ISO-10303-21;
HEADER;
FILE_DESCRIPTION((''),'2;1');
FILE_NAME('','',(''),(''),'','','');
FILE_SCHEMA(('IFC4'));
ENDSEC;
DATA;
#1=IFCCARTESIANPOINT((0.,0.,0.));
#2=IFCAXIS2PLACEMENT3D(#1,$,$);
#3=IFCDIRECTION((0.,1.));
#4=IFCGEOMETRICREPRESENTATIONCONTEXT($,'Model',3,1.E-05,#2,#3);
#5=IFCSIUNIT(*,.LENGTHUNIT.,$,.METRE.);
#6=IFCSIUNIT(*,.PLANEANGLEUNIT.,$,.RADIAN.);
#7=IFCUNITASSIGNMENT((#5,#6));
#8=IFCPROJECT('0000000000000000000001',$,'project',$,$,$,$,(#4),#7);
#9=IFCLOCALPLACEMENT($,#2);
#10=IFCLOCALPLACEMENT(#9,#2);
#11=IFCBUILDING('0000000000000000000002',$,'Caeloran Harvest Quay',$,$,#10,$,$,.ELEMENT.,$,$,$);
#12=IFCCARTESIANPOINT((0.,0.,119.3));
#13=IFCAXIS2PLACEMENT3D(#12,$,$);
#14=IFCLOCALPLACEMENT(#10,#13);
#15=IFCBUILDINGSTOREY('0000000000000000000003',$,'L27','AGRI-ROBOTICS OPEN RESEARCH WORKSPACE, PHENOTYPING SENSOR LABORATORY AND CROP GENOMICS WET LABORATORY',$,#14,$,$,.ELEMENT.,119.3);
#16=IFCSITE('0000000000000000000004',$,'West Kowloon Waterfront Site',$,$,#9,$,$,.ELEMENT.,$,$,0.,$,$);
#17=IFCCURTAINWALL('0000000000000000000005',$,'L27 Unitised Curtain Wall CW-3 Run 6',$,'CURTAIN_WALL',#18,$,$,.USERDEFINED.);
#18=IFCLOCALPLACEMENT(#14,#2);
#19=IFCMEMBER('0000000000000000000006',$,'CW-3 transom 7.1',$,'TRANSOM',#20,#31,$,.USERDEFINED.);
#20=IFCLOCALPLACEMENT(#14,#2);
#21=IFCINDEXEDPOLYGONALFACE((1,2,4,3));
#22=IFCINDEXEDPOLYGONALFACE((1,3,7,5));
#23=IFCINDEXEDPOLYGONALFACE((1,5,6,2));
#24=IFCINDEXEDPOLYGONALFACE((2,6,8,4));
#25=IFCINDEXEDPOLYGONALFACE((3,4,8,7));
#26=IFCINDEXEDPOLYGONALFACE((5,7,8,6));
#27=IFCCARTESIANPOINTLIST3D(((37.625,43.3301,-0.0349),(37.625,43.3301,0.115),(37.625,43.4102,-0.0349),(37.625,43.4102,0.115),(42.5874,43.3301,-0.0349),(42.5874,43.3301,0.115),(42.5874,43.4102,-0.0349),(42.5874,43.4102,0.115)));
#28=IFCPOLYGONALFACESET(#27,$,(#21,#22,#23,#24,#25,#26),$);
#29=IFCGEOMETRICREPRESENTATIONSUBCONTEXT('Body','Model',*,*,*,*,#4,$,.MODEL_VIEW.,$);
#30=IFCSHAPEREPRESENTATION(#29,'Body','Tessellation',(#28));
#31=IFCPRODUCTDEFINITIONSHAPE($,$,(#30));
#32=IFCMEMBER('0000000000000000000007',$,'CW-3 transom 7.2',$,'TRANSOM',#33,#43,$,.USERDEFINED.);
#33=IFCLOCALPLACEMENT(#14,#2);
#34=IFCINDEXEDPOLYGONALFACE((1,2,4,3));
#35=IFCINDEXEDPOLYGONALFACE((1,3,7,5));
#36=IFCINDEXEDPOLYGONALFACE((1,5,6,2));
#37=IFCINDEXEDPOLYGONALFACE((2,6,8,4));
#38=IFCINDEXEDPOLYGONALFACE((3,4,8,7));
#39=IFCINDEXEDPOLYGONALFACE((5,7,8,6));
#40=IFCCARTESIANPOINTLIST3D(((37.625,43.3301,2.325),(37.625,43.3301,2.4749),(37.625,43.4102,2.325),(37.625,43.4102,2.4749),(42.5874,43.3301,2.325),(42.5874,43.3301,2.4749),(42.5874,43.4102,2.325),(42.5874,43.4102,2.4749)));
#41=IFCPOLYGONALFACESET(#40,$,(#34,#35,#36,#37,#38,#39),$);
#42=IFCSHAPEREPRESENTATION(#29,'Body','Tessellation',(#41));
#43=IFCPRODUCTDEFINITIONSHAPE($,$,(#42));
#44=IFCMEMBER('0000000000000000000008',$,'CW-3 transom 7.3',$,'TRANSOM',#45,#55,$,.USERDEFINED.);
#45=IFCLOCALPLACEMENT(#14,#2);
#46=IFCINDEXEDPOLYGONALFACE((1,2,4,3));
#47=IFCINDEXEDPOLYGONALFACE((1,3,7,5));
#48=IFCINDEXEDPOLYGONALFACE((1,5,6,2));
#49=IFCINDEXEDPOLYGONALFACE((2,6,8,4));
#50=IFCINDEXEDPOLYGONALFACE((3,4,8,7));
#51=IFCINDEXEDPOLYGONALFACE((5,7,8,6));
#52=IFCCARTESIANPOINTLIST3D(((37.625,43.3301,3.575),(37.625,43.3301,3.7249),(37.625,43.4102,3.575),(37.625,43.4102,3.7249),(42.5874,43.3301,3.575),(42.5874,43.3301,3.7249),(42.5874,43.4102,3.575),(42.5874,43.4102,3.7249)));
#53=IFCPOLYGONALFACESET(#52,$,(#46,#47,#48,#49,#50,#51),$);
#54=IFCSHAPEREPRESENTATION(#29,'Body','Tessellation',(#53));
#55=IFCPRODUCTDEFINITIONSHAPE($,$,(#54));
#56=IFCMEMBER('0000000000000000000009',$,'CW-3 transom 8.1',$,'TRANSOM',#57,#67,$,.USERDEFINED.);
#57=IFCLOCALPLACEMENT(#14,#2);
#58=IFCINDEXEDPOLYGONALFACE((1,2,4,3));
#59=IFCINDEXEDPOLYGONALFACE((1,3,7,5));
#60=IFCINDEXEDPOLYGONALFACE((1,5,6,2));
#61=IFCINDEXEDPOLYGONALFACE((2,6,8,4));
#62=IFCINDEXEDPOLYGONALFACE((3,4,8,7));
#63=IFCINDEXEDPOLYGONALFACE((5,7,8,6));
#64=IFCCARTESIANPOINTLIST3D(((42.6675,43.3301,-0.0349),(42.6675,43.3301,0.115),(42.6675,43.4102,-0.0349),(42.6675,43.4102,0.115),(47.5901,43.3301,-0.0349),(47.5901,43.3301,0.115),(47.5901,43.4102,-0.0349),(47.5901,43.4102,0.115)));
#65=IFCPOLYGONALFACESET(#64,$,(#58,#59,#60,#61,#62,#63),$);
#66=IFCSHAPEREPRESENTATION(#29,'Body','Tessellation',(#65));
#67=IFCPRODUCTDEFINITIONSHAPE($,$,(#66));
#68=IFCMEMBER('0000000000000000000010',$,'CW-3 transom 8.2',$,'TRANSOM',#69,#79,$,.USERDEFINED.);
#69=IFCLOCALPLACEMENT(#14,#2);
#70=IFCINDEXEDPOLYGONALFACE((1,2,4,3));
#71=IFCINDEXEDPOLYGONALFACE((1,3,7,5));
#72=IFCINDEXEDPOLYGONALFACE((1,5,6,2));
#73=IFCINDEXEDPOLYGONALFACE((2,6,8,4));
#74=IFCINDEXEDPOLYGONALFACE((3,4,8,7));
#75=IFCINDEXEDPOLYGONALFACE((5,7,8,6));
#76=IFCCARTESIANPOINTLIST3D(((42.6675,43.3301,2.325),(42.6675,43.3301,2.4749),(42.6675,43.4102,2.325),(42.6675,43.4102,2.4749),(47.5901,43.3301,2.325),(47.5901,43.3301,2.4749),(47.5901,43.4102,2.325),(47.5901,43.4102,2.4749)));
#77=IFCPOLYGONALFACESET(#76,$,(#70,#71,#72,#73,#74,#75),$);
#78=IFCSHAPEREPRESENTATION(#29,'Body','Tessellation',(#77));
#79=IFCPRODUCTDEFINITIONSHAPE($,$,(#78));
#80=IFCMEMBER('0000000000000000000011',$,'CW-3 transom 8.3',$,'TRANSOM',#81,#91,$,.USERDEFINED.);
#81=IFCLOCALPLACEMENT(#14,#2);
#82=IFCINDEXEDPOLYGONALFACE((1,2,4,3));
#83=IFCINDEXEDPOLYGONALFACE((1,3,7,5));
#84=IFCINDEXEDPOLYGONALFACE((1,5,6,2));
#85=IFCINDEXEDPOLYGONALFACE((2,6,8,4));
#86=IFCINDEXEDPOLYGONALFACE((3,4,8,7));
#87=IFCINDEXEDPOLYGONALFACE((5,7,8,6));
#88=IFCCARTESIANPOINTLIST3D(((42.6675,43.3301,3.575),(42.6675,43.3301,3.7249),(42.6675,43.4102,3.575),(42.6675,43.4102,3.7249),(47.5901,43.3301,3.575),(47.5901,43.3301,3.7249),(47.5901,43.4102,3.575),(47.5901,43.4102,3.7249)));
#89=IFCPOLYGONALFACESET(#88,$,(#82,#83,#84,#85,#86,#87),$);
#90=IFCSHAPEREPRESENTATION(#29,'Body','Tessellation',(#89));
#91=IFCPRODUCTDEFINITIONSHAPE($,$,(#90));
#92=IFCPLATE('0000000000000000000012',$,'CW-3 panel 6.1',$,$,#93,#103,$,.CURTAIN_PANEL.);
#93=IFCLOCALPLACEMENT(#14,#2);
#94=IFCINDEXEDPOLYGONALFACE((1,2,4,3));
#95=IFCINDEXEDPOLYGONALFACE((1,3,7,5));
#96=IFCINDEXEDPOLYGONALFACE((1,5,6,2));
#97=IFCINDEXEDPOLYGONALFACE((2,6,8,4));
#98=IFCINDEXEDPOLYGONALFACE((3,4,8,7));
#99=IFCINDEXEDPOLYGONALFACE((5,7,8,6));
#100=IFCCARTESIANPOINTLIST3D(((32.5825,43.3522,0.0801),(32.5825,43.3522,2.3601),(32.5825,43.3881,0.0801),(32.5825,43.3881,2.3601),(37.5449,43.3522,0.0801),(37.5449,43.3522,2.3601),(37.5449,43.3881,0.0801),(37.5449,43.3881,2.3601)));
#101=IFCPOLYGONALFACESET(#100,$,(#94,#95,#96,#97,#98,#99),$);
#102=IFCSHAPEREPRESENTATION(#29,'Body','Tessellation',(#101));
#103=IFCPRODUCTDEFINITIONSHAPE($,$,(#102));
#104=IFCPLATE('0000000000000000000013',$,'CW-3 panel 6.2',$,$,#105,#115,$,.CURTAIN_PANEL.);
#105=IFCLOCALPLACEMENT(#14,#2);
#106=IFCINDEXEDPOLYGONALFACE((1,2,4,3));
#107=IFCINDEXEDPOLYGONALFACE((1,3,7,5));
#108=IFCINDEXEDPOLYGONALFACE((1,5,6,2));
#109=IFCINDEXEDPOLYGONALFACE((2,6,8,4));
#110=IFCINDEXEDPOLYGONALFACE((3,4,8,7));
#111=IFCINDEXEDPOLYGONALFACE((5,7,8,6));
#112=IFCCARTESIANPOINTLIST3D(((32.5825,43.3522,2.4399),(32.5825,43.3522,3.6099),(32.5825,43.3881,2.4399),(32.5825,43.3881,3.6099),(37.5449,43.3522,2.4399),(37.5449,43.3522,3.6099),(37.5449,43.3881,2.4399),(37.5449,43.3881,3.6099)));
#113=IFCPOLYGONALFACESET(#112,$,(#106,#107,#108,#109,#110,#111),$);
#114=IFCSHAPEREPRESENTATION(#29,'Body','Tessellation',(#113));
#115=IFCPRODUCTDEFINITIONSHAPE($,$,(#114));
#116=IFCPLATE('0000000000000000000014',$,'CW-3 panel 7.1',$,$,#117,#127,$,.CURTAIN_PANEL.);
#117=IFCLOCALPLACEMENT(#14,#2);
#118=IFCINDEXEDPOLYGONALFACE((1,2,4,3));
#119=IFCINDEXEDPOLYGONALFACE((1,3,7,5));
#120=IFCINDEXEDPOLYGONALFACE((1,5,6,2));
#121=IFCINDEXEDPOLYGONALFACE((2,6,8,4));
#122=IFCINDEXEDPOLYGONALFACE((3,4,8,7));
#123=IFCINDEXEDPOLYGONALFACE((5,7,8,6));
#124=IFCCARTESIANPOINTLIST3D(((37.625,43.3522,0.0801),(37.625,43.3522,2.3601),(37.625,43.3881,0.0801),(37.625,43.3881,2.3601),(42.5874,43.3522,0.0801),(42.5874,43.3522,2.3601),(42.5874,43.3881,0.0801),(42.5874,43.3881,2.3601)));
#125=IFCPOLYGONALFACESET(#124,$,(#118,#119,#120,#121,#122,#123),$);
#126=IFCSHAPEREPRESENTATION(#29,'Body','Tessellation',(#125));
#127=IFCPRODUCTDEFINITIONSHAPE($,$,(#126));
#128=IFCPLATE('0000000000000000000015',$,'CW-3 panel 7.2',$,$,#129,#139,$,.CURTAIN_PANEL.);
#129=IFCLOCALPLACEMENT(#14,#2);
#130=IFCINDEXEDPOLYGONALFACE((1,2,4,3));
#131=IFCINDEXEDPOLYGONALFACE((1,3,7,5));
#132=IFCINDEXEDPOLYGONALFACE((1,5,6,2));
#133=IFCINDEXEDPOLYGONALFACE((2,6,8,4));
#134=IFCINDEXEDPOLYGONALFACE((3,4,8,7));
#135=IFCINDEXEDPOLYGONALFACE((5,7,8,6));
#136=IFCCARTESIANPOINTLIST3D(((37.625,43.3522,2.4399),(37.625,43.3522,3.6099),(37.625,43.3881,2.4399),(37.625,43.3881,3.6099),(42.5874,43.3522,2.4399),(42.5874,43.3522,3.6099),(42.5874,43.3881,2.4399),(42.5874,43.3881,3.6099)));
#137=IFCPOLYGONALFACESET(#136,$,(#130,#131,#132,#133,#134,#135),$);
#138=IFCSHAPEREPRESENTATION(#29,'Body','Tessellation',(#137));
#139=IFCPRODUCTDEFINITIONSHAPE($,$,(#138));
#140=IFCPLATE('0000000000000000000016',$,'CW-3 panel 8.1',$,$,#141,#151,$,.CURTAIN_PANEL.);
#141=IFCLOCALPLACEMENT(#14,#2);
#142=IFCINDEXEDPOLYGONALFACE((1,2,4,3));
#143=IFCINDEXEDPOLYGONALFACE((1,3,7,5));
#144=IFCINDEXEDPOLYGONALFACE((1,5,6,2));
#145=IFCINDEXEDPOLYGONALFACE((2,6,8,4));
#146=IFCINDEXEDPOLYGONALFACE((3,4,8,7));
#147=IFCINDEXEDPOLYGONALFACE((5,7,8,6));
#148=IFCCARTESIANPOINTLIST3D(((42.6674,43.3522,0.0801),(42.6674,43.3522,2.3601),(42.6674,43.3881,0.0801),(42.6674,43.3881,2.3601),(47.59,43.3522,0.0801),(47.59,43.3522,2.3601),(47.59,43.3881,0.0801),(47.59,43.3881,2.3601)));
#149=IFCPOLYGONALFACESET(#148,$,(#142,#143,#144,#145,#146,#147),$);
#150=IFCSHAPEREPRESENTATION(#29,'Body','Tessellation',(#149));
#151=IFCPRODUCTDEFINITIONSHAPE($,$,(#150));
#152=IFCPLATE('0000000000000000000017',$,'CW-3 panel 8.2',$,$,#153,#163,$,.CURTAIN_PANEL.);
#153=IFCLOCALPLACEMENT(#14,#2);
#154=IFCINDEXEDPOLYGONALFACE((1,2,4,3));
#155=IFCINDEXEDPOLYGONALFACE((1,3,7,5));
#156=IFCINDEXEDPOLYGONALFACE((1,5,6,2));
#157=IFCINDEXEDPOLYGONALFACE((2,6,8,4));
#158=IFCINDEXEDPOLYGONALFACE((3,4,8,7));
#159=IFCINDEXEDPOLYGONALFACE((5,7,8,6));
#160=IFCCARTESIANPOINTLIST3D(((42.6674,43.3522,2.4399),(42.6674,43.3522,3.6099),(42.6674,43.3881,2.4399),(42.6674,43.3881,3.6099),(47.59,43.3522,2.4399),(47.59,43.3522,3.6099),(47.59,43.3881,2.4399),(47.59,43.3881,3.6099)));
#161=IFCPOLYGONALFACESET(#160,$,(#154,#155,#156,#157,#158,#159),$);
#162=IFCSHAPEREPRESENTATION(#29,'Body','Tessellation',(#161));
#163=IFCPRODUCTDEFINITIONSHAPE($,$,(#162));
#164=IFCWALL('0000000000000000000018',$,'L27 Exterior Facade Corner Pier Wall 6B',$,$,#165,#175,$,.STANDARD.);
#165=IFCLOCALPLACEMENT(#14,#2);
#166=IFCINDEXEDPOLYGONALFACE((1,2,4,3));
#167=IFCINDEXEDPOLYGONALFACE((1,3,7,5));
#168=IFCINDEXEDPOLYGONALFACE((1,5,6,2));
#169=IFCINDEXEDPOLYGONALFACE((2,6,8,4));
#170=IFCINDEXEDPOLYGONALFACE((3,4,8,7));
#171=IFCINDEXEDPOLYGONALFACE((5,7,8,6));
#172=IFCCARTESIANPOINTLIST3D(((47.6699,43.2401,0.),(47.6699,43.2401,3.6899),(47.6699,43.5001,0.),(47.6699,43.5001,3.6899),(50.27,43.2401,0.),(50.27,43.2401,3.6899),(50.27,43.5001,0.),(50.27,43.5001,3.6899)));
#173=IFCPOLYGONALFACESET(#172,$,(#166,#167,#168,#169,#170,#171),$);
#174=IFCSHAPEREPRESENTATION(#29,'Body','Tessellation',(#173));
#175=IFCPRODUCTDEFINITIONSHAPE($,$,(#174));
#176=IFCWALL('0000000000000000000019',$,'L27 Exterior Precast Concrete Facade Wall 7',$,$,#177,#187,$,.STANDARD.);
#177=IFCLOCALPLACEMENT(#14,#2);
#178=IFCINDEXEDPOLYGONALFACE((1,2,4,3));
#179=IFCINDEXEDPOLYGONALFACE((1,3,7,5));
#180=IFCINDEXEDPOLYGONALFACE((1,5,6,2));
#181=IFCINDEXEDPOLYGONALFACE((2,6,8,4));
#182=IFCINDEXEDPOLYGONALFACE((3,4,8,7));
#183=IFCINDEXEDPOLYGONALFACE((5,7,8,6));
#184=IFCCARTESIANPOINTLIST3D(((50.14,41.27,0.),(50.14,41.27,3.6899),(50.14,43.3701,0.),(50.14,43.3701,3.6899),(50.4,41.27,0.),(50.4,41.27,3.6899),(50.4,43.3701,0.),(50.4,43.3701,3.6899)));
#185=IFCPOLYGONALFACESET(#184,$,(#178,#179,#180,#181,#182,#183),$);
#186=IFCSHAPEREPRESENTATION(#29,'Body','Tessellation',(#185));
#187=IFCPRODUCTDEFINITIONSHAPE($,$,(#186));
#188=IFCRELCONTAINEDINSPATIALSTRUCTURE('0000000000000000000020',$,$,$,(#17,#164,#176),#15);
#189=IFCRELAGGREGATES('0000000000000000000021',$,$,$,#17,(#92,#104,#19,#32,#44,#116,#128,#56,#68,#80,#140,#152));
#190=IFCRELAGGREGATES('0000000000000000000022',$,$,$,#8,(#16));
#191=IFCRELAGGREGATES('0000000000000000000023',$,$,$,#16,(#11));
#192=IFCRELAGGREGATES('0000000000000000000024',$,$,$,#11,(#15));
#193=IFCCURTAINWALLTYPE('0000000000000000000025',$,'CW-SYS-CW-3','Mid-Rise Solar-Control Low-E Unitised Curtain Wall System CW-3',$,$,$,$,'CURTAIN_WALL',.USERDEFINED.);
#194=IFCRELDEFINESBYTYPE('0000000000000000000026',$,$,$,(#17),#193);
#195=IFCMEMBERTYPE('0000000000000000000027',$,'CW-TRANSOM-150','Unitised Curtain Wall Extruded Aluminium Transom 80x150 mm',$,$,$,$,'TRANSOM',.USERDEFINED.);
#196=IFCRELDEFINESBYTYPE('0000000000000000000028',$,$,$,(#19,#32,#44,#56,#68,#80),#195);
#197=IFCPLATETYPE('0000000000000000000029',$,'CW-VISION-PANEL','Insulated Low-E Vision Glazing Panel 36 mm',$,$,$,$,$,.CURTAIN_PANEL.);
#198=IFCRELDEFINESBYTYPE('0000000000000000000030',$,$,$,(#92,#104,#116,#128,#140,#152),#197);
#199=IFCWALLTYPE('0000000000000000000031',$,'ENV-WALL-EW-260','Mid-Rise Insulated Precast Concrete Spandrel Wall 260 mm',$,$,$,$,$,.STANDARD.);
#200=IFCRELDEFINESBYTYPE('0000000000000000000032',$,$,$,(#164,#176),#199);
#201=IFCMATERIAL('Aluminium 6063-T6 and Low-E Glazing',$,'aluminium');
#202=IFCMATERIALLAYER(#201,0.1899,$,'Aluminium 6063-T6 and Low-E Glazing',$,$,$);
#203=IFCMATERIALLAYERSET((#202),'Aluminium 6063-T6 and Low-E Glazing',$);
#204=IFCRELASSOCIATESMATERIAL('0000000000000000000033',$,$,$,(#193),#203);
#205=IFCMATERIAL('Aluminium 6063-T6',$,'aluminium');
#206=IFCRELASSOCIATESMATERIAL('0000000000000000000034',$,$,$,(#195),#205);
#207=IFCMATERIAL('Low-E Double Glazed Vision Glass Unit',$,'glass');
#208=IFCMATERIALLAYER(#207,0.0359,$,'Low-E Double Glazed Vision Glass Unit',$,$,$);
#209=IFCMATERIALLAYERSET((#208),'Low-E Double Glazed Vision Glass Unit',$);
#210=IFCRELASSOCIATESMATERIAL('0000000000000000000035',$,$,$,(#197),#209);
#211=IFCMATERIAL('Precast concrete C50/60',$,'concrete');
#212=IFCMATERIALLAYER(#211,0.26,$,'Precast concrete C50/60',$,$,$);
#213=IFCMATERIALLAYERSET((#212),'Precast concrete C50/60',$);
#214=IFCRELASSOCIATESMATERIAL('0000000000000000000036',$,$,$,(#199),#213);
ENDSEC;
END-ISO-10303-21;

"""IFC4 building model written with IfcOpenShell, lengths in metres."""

from ifc_helpers import new_model, si_unit, direction, frame, frame_2d, origin, origin_2d, place, context, subcontext, project, spatial, rectangle, extrude, material, layer, layer_set, material_profile, profile_set, type_object, element, aggregate, save


model = new_model("IFC4")

# Units and contexts
model_context = context("Model", 3, precision=1e-05, world=origin(), true_north=direction((0.0, 1.0)))
body_context = subcontext(model_context, "Body", "Model", "MODEL_VIEW")
ifc_project = project(units=[si_unit("LENGTHUNIT", "METRE"), si_unit("PLANEANGLEUNIT", "RADIAN")], contexts=[model_context])

# Site, building, storey
site_placement = place(None, origin())
site = spatial("IfcSite", under=ifc_project, at=site_placement, Name="West Kowloon Waterfront Site", CompositionType="ELEMENT", RefElevation=0.0)
building_placement = place(site_placement, origin())
building = spatial("IfcBuilding", under=site, at=building_placement, Name="Caeloran Harvest Quay", CompositionType="ELEMENT")
storey_placement = place(building_placement, frame((0.0, 0.0, 119.3)))
storey = spatial("IfcBuildingStorey", under=building, at=storey_placement, Name="L27", Description="AGRI-ROBOTICS OPEN RESEARCH WORKSPACE, PHENOTYPING SENSOR LABORATORY AND CROP GENOMICS WET LABORATORY", CompositionType="ELEMENT", Elevation=119.3)

# Curtain wall, members, plates
ifc_material_1 = material(Name="Aluminium 6063-T6 and Low-E Glazing", Category="aluminium")
ifc_layer_1 = layer(ifc_material_1, 0.1899, Name="Aluminium 6063-T6 and Low-E Glazing")
ifc_layer_set_1 = layer_set([ifc_layer_1], Name="Aluminium 6063-T6 and Low-E Glazing")
curtain_wall_type = type_object("IfcCurtainWallType", Name="CW-SYS-CW-3", Description="Mid-Rise Solar-Control Low-E Unitised Curtain Wall System CW-3", ElementType="CURTAIN_WALL", PredefinedType="USERDEFINED", material=ifc_layer_set_1)
curtain_wall_placement = place(storey_placement, origin())
curtain_wall = element("IfcCurtainWall", 1, at=curtain_wall_placement, inside=storey, type_object=curtain_wall_type, Name="L27 Unitised Curtain Wall CW-3 Run 6", ObjectType="CURTAIN_WALL", PredefinedType="USERDEFINED")
ifc_material_2 = material(Name="Aluminium 6063-T6", Category="aluminium")
ifc_material_profile_1 = material_profile(ifc_material_2, rectangle(XDim=0.0801, YDim=0.1499, at=origin_2d()), Name="CW-TRANSOM-150")
ifc_profile_set_1 = profile_set([ifc_material_profile_1], Name="Aluminium 6063-T6")
member_type_1 = type_object("IfcMemberType", Name="CW-TRANSOM-150", Description="Unitised Curtain Wall Extruded Aluminium Transom 80x150 mm", ElementType="TRANSOM", PredefinedType="USERDEFINED", material=ifc_profile_set_1)
member_1_placement = place(storey_placement, frame((37.625, 43.3701, 0.04), z_axis=(1.0, 0.0, 0.0), x_axis=(0.0, 1.0, 0.0)))
member_1 = element("IfcMember", 2, at=member_1_placement, type_object=member_type_1, Name="CW-3 transom 7.1", ObjectType="TRANSOM", PredefinedType="USERDEFINED", context=body_context, shape_type="SweptSolid", body=[
    extrude(rectangle(XDim=0.0801, YDim=0.1499, at=origin_2d()), origin(), (0.0, 0.0, 1.0), 4.9624),
])
member_2_placement = place(storey_placement, frame((37.625, 43.3701, 2.3999), z_axis=(1.0, 0.0, 0.0), x_axis=(0.0, 1.0, 0.0)))
member_2 = element("IfcMember", 3, at=member_2_placement, type_object=member_type_1, Name="CW-3 transom 7.2", ObjectType="TRANSOM", PredefinedType="USERDEFINED", context=body_context, shape_type="SweptSolid", body=[
    extrude(rectangle(XDim=0.0801, YDim=0.1499, at=origin_2d()), origin(), (0.0, 0.0, 1.0), 4.9624),
])
member_3_placement = place(storey_placement, frame((37.625, 43.3701, 3.6499), z_axis=(1.0, 0.0, 0.0), x_axis=(0.0, 1.0, 0.0)))
member_3 = element("IfcMember", 4, at=member_3_placement, type_object=member_type_1, Name="CW-3 transom 7.3", ObjectType="TRANSOM", PredefinedType="USERDEFINED", context=body_context, shape_type="SweptSolid", body=[
    extrude(rectangle(XDim=0.0801, YDim=0.1499, at=origin_2d()), origin(), (0.0, 0.0, 1.0), 4.9624),
])
member_4_placement = place(storey_placement, frame((42.6675, 43.3701, 0.04), z_axis=(1.0, 0.0, 0.0), x_axis=(0.0, 1.0, 0.0)))
member_4 = element("IfcMember", 5, at=member_4_placement, type_object=member_type_1, Name="CW-3 transom 8.1", ObjectType="TRANSOM", PredefinedType="USERDEFINED", context=body_context, shape_type="SweptSolid", body=[
    extrude(rectangle(XDim=0.0801, YDim=0.1499, at=origin_2d()), origin(), (0.0, 0.0, 1.0), 4.9226),
])
member_5_placement = place(storey_placement, frame((42.6675, 43.3701, 2.3999), z_axis=(1.0, 0.0, 0.0), x_axis=(0.0, 1.0, 0.0)))
member_5 = element("IfcMember", 6, at=member_5_placement, type_object=member_type_1, Name="CW-3 transom 8.2", ObjectType="TRANSOM", PredefinedType="USERDEFINED", context=body_context, shape_type="SweptSolid", body=[
    extrude(rectangle(XDim=0.0801, YDim=0.1499, at=origin_2d()), origin(), (0.0, 0.0, 1.0), 4.9226),
])
member_6_placement = place(storey_placement, frame((42.6675, 43.3701, 3.6499), z_axis=(1.0, 0.0, 0.0), x_axis=(0.0, 1.0, 0.0)))
member_6 = element("IfcMember", 7, at=member_6_placement, type_object=member_type_1, Name="CW-3 transom 8.3", ObjectType="TRANSOM", PredefinedType="USERDEFINED", context=body_context, shape_type="SweptSolid", body=[
    extrude(rectangle(XDim=0.0801, YDim=0.1499, at=origin_2d()), origin(), (0.0, 0.0, 1.0), 4.9226),
])
ifc_material_3 = material(Name="Low-E Double Glazed Vision Glass Unit", Category="glass")
ifc_layer_2 = layer(ifc_material_3, 0.0359, Name="Low-E Double Glazed Vision Glass Unit")
ifc_layer_set_2 = layer_set([ifc_layer_2], Name="Low-E Double Glazed Vision Glass Unit")
plate_type = type_object("IfcPlateType", Name="CW-VISION-PANEL", Description="Insulated Low-E Vision Glazing Panel 36 mm", PredefinedType="CURTAIN_PANEL", material=ifc_layer_set_2)
plate_1_placement = place(storey_placement, frame((35.0637, 43.3701, 0.0801), z_axis=(0.0, 0.0, 1.0), x_axis=(1.0, 0.0, 0.0)))
plate_1 = element("IfcPlate", 8, at=plate_1_placement, type_object=plate_type, Name="CW-3 panel 6.1", PredefinedType="CURTAIN_PANEL", context=body_context, shape_type="SweptSolid", body=[
    extrude(rectangle(XDim=4.9624, YDim=0.0359, at=origin_2d()), origin(), (0.0, 0.0, 1.0), 2.28),
])
plate_2_placement = place(storey_placement, frame((35.0637, 43.3701, 2.4399), z_axis=(0.0, 0.0, 1.0), x_axis=(1.0, 0.0, 0.0)))
plate_2 = element("IfcPlate", 9, at=plate_2_placement, type_object=plate_type, Name="CW-3 panel 6.2", PredefinedType="CURTAIN_PANEL", context=body_context, shape_type="SweptSolid", body=[
    extrude(rectangle(XDim=4.9624, YDim=0.0359, at=origin_2d()), origin(), (0.0, 0.0, 1.0), 1.1699),
])
plate_3_placement = place(storey_placement, frame((40.1062, 43.3701, 0.0801), z_axis=(0.0, 0.0, 1.0), x_axis=(1.0, 0.0, 0.0)))
plate_3 = element("IfcPlate", 10, at=plate_3_placement, type_object=plate_type, Name="CW-3 panel 7.1", PredefinedType="CURTAIN_PANEL", context=body_context, shape_type="SweptSolid", body=[
    extrude(rectangle(XDim=4.9624, YDim=0.0359, at=origin_2d()), origin(), (0.0, 0.0, 1.0), 2.28),
])
plate_4_placement = place(storey_placement, frame((40.1062, 43.3701, 2.4399), z_axis=(0.0, 0.0, 1.0), x_axis=(1.0, 0.0, 0.0)))
plate_4 = element("IfcPlate", 11, at=plate_4_placement, type_object=plate_type, Name="CW-3 panel 7.2", PredefinedType="CURTAIN_PANEL", context=body_context, shape_type="SweptSolid", body=[
    extrude(rectangle(XDim=4.9624, YDim=0.0359, at=origin_2d()), origin(), (0.0, 0.0, 1.0), 1.1699),
])
plate_5_placement = place(storey_placement, frame((45.1287, 43.3701, 0.0801), z_axis=(0.0, 0.0, 1.0), x_axis=(1.0, 0.0, 0.0)))
plate_5 = element("IfcPlate", 12, at=plate_5_placement, type_object=plate_type, Name="CW-3 panel 8.1", PredefinedType="CURTAIN_PANEL", context=body_context, shape_type="SweptSolid", body=[
    extrude(rectangle(XDim=4.9226, YDim=0.0359, at=origin_2d()), origin(), (0.0, 0.0, 1.0), 2.28),
])
plate_6_placement = place(storey_placement, frame((45.1287, 43.3701, 2.4399), z_axis=(0.0, 0.0, 1.0), x_axis=(1.0, 0.0, 0.0)))
plate_6 = element("IfcPlate", 13, at=plate_6_placement, type_object=plate_type, Name="CW-3 panel 8.2", PredefinedType="CURTAIN_PANEL", context=body_context, shape_type="SweptSolid", body=[
    extrude(rectangle(XDim=4.9226, YDim=0.0359, at=origin_2d()), origin(), (0.0, 0.0, 1.0), 1.1699),
])
aggregate(curtain_wall, [plate_1, plate_2, member_1, member_2, member_3, plate_3, plate_4, member_4, member_5, member_6, plate_5, plate_6])

# Walls
ifc_material_4 = material(Name="Precast concrete C50/60", Category="concrete")
ifc_layer_3 = layer(ifc_material_4, 0.26, Name="Precast concrete C50/60")
ifc_layer_set_3 = layer_set([ifc_layer_3], Name="Precast concrete C50/60")
wall_type_1 = type_object("IfcWallType", Name="ENV-WALL-EW-260", Description="Mid-Rise Insulated Precast Concrete Spandrel Wall 260 mm", PredefinedType="STANDARD", material=ifc_layer_set_3)
wall_1_placement = place(storey_placement, frame((47.6699, 43.3701, 0.0), z_axis=(0.0, 0.0, 1.0), x_axis=(1.0, 0.0, 0.0)))
element("IfcWall", 14, at=wall_1_placement, inside=storey, type_object=wall_type_1, Name="L27 Exterior Facade Corner Pier Wall 6B", PredefinedType="STANDARD", context=body_context, shape_type="SweptSolid", body=[
    extrude(rectangle(XDim=2.6001, YDim=0.26, at=frame_2d((1.3, 0.0))), origin(), (0.0, 0.0, 1.0), 3.6899),
])
wall_2_placement = place(storey_placement, frame((50.27, 43.3701, 0.0), z_axis=(0.0, 0.0, 1.0), x_axis=(0.0, -1.0, 0.0)))
element("IfcWall", 15, at=wall_2_placement, inside=storey, type_object=wall_type_1, Name="L27 Exterior Precast Concrete Facade Wall 7", PredefinedType="STANDARD", context=body_context, shape_type="SweptSolid", body=[
    extrude(rectangle(XDim=2.1001, YDim=0.26, at=frame_2d((1.05, 0.0))), origin(), (0.0, 0.0, 1.0), 3.6899),
])

save(model, "model.ifc")
